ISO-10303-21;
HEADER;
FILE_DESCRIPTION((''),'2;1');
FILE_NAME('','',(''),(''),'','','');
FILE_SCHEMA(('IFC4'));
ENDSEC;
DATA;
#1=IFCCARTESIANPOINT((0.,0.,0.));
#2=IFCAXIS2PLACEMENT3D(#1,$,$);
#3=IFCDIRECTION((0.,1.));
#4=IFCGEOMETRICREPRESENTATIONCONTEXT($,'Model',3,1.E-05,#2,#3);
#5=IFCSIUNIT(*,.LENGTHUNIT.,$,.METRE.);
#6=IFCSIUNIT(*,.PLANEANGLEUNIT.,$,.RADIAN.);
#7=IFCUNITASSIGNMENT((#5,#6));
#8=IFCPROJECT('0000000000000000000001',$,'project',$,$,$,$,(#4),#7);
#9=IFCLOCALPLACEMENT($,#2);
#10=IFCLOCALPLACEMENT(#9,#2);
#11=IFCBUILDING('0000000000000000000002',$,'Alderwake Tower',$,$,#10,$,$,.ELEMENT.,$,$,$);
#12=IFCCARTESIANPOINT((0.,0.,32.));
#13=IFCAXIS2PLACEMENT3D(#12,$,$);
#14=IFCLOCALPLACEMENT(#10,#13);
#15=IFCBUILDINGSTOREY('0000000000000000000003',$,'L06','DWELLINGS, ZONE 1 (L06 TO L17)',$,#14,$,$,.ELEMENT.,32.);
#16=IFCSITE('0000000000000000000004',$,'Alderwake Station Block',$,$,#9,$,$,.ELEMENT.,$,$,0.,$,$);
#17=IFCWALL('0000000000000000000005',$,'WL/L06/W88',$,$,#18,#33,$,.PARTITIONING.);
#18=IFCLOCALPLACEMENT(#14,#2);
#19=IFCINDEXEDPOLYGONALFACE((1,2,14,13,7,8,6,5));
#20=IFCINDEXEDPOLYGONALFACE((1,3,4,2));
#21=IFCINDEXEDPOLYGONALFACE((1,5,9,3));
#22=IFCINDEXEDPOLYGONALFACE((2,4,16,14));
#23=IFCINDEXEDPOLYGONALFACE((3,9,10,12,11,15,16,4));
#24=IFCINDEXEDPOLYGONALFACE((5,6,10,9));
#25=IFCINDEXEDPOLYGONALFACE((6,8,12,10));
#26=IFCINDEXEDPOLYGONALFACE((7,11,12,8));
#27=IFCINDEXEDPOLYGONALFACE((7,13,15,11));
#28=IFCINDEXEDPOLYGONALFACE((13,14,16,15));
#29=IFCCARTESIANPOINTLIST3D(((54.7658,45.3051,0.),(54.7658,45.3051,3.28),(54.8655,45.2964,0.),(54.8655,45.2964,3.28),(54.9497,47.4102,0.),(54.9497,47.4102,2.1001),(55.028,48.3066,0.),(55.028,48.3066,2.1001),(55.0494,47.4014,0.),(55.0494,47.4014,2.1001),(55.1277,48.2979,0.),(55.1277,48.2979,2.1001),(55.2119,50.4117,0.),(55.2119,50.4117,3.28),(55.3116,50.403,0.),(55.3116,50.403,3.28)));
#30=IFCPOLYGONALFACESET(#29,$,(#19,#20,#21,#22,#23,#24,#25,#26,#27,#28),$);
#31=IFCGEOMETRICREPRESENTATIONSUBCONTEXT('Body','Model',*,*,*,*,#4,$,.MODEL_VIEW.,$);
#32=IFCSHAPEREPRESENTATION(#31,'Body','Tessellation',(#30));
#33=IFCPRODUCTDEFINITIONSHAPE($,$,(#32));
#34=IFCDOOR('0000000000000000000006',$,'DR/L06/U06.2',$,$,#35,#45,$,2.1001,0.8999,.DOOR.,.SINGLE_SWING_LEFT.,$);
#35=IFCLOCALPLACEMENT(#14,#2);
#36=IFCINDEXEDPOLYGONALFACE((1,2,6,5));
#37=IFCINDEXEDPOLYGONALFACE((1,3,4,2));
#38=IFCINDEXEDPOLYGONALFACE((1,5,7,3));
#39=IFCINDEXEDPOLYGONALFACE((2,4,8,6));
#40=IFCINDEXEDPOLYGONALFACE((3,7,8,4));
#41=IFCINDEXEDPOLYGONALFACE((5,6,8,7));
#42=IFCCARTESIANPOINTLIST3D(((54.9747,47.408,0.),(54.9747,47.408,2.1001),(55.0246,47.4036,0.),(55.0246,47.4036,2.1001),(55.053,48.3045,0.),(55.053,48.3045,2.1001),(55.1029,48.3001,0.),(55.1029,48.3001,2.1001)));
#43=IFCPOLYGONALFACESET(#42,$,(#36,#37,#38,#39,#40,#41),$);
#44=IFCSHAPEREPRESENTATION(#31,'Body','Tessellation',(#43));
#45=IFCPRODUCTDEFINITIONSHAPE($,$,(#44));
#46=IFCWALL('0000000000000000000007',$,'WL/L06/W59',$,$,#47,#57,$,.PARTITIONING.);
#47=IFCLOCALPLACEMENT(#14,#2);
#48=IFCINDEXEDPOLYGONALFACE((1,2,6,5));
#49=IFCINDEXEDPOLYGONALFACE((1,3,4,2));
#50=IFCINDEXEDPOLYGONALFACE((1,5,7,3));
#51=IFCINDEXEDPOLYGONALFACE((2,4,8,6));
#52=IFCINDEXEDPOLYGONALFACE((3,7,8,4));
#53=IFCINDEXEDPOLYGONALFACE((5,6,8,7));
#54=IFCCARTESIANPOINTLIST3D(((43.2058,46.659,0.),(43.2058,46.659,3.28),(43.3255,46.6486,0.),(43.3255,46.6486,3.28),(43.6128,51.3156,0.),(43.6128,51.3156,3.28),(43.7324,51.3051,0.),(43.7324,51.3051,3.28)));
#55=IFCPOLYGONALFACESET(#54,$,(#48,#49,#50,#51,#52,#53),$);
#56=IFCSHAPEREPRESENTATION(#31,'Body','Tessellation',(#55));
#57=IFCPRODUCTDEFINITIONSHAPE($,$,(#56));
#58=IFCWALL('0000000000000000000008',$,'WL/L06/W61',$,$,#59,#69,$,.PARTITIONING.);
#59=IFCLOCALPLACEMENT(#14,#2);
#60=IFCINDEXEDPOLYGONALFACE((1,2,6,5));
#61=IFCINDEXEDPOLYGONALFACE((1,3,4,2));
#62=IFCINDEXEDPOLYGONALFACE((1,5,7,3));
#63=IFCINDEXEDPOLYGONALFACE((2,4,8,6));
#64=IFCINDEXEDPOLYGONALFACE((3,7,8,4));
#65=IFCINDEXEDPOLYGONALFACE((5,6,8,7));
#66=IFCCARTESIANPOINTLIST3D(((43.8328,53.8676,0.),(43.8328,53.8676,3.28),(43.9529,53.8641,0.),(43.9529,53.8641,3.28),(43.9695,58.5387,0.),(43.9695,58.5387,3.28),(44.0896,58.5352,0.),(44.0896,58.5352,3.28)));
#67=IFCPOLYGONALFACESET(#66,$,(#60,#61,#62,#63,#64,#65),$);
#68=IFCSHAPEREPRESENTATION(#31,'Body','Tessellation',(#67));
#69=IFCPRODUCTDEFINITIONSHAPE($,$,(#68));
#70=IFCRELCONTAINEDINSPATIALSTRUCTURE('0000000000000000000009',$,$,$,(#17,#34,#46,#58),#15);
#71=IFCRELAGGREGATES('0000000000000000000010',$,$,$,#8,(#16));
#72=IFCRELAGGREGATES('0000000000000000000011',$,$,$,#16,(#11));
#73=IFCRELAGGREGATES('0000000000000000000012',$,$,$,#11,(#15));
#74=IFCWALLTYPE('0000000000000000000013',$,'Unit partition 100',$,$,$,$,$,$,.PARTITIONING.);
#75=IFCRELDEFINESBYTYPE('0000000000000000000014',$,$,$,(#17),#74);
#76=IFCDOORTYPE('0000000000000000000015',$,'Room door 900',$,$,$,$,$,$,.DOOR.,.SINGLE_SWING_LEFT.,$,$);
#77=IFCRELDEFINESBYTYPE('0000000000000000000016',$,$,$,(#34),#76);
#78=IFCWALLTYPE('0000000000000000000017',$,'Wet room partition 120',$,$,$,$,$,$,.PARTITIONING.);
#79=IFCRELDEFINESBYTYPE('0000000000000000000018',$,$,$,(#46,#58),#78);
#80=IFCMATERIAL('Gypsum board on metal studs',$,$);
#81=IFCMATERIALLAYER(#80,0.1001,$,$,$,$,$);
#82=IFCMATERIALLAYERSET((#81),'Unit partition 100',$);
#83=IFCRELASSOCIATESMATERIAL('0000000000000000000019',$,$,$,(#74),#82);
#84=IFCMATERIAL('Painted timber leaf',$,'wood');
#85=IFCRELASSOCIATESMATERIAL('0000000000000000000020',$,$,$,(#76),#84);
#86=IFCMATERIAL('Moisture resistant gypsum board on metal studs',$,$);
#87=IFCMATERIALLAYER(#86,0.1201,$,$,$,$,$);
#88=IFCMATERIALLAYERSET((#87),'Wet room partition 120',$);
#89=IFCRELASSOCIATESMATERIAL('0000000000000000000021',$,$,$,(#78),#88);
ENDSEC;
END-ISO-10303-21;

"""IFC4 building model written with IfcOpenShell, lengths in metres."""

from ifc_helpers import new_model, si_unit, direction, frame, frame_2d, origin, place, context, subcontext, project, spatial, rectangle, extrude, material, layer, layer_set, type_object, element, fill, save


model = new_model("IFC4")

# Units and contexts
model_context = context("Model", 3, precision=1e-05, world=origin(), true_north=direction((0.0, 1.0)))
body_context = subcontext(model_context, "Body", "Model", "MODEL_VIEW")
ifc_project = project(units=[si_unit("LENGTHUNIT", "METRE"), si_unit("PLANEANGLEUNIT", "RADIAN")], contexts=[model_context])

# Site, building, storey
site_placement = place(None, origin())
site = spatial("IfcSite", under=ifc_project, at=site_placement, Name="Alderwake Station Block", CompositionType="ELEMENT", RefElevation=0.0)
building_placement = place(site_placement, origin())
building = spatial("IfcBuilding", under=site, at=building_placement, Name="Alderwake Tower", CompositionType="ELEMENT")
storey_placement = place(building_placement, frame((0.0, 0.0, 32.0)))
storey = spatial("IfcBuildingStorey", under=building, at=storey_placement, Name="L06", Description="DWELLINGS, ZONE 1 (L06 TO L17)", CompositionType="ELEMENT", Elevation=32.0)

# Shared definitions
ifc_material_1 = material(Name="Gypsum board on metal studs")
ifc_layer_1 = layer(ifc_material_1, 0.1001)
ifc_layer_set_1 = layer_set([ifc_layer_1], Name="Unit partition 100")
wall_type_1 = type_object("IfcWallType", Name="Unit partition 100", PredefinedType="PARTITIONING", material=ifc_layer_set_1)
ifc_material_2 = material(Name="Painted timber leaf", Category="wood")
door_type_1 = type_object("IfcDoorType", Name="Room door 900", OperationType="SINGLE_SWING_LEFT", PredefinedType="DOOR", material=ifc_material_2)

# Wall, opening, door
wall_1_placement = place(storey_placement, frame((54.8157, 45.3008, 0.0), z_axis=(0.0, 0.0, 1.0), x_axis=(0.087018, 0.996207, 0.0)))
wall_1 = element("IfcWall", 1, at=wall_1_placement, inside=storey, type_object=wall_type_1, Name="WL/L06/W88", PredefinedType="PARTITIONING", context=body_context, shape_type="SweptSolid", body=[
    extrude(rectangle(XDim=5.126, YDim=0.1001, at=frame_2d((2.563, 0.0))), origin(), (0.0, 0.0, 1.0), 3.28),
])
opening_1_placement = place(wall_1_placement, frame((2.113, 0.0, 0.0)))
opening_1 = element("IfcOpeningElement", 2, at=opening_1_placement, cuts=wall_1, PredefinedType="OPENING", context=body_context, shape_type="SweptSolid", body=[
    extrude(rectangle(XDim=0.8999, YDim=2.1001, at=frame_2d((0.45, 1.05))), frame((0.0, 0.0601, 0.0), z_axis=(0.0, -1.0, 0.0), x_axis=(1.0, 0.0, 0.0)), (0.0, 0.0, 1.0), 0.1201),
])
door_1_placement = place(opening_1_placement, origin())
door_1 = element("IfcDoor", 3, at=door_1_placement, inside=storey, type_object=door_type_1, Name="DR/L06/U06.2", OperationType="SINGLE_SWING_LEFT", OverallHeight=2.1001, OverallWidth=0.8999, PredefinedType="DOOR", context=body_context, shape_type="SweptSolid", body=[
    extrude(rectangle(XDim=0.8999, YDim=2.1001, at=frame_2d((0.45, 1.05))), frame((0.0, 0.0249, 0.0), z_axis=(0.0, -1.0, 0.0), x_axis=(1.0, 0.0, 0.0)), (0.0, 0.0, 1.0), 0.05),
])
fill(opening_1, door_1)

# Walls
ifc_material_3 = material(Name="Moisture resistant gypsum board on metal studs")
ifc_layer_2 = layer(ifc_material_3, 0.1201)
ifc_layer_set_2 = layer_set([ifc_layer_2], Name="Wet room partition 120")
wall_type_2 = type_object("IfcWallType", Name="Wet room partition 120", PredefinedType="PARTITIONING", material=ifc_layer_set_2)
wall_2_placement = place(storey_placement, frame((43.2656, 46.6538, 0.0), z_axis=(0.0, 0.0, 1.0), x_axis=(0.087069, 0.996202, 0.0)))
element("IfcWall", 4, at=wall_2_placement, inside=storey, type_object=wall_type_2, Name="WL/L06/W59", PredefinedType="PARTITIONING", context=body_context, shape_type="SweptSolid", body=[
    extrude(rectangle(XDim=4.6743, YDim=0.1201, at=frame_2d((2.3372, 0.0))), origin(), (0.0, 0.0, 1.0), 3.28),
])
wall_3_placement = place(storey_placement, frame((43.8928, 53.866, 0.0), z_axis=(0.0, 0.0, 1.0), x_axis=(0.029256, 0.999572, 0.0)))
element("IfcWall", 5, at=wall_3_placement, inside=storey, type_object=wall_type_2, Name="WL/L06/W61", PredefinedType="PARTITIONING", context=body_context, shape_type="SweptSolid", body=[
    extrude(rectangle(XDim=4.6731, YDim=0.1201, at=frame_2d((2.3364, 0.0))), origin(), (0.0, 0.0, 1.0), 3.28),
])

save(model, "model.ifc")
